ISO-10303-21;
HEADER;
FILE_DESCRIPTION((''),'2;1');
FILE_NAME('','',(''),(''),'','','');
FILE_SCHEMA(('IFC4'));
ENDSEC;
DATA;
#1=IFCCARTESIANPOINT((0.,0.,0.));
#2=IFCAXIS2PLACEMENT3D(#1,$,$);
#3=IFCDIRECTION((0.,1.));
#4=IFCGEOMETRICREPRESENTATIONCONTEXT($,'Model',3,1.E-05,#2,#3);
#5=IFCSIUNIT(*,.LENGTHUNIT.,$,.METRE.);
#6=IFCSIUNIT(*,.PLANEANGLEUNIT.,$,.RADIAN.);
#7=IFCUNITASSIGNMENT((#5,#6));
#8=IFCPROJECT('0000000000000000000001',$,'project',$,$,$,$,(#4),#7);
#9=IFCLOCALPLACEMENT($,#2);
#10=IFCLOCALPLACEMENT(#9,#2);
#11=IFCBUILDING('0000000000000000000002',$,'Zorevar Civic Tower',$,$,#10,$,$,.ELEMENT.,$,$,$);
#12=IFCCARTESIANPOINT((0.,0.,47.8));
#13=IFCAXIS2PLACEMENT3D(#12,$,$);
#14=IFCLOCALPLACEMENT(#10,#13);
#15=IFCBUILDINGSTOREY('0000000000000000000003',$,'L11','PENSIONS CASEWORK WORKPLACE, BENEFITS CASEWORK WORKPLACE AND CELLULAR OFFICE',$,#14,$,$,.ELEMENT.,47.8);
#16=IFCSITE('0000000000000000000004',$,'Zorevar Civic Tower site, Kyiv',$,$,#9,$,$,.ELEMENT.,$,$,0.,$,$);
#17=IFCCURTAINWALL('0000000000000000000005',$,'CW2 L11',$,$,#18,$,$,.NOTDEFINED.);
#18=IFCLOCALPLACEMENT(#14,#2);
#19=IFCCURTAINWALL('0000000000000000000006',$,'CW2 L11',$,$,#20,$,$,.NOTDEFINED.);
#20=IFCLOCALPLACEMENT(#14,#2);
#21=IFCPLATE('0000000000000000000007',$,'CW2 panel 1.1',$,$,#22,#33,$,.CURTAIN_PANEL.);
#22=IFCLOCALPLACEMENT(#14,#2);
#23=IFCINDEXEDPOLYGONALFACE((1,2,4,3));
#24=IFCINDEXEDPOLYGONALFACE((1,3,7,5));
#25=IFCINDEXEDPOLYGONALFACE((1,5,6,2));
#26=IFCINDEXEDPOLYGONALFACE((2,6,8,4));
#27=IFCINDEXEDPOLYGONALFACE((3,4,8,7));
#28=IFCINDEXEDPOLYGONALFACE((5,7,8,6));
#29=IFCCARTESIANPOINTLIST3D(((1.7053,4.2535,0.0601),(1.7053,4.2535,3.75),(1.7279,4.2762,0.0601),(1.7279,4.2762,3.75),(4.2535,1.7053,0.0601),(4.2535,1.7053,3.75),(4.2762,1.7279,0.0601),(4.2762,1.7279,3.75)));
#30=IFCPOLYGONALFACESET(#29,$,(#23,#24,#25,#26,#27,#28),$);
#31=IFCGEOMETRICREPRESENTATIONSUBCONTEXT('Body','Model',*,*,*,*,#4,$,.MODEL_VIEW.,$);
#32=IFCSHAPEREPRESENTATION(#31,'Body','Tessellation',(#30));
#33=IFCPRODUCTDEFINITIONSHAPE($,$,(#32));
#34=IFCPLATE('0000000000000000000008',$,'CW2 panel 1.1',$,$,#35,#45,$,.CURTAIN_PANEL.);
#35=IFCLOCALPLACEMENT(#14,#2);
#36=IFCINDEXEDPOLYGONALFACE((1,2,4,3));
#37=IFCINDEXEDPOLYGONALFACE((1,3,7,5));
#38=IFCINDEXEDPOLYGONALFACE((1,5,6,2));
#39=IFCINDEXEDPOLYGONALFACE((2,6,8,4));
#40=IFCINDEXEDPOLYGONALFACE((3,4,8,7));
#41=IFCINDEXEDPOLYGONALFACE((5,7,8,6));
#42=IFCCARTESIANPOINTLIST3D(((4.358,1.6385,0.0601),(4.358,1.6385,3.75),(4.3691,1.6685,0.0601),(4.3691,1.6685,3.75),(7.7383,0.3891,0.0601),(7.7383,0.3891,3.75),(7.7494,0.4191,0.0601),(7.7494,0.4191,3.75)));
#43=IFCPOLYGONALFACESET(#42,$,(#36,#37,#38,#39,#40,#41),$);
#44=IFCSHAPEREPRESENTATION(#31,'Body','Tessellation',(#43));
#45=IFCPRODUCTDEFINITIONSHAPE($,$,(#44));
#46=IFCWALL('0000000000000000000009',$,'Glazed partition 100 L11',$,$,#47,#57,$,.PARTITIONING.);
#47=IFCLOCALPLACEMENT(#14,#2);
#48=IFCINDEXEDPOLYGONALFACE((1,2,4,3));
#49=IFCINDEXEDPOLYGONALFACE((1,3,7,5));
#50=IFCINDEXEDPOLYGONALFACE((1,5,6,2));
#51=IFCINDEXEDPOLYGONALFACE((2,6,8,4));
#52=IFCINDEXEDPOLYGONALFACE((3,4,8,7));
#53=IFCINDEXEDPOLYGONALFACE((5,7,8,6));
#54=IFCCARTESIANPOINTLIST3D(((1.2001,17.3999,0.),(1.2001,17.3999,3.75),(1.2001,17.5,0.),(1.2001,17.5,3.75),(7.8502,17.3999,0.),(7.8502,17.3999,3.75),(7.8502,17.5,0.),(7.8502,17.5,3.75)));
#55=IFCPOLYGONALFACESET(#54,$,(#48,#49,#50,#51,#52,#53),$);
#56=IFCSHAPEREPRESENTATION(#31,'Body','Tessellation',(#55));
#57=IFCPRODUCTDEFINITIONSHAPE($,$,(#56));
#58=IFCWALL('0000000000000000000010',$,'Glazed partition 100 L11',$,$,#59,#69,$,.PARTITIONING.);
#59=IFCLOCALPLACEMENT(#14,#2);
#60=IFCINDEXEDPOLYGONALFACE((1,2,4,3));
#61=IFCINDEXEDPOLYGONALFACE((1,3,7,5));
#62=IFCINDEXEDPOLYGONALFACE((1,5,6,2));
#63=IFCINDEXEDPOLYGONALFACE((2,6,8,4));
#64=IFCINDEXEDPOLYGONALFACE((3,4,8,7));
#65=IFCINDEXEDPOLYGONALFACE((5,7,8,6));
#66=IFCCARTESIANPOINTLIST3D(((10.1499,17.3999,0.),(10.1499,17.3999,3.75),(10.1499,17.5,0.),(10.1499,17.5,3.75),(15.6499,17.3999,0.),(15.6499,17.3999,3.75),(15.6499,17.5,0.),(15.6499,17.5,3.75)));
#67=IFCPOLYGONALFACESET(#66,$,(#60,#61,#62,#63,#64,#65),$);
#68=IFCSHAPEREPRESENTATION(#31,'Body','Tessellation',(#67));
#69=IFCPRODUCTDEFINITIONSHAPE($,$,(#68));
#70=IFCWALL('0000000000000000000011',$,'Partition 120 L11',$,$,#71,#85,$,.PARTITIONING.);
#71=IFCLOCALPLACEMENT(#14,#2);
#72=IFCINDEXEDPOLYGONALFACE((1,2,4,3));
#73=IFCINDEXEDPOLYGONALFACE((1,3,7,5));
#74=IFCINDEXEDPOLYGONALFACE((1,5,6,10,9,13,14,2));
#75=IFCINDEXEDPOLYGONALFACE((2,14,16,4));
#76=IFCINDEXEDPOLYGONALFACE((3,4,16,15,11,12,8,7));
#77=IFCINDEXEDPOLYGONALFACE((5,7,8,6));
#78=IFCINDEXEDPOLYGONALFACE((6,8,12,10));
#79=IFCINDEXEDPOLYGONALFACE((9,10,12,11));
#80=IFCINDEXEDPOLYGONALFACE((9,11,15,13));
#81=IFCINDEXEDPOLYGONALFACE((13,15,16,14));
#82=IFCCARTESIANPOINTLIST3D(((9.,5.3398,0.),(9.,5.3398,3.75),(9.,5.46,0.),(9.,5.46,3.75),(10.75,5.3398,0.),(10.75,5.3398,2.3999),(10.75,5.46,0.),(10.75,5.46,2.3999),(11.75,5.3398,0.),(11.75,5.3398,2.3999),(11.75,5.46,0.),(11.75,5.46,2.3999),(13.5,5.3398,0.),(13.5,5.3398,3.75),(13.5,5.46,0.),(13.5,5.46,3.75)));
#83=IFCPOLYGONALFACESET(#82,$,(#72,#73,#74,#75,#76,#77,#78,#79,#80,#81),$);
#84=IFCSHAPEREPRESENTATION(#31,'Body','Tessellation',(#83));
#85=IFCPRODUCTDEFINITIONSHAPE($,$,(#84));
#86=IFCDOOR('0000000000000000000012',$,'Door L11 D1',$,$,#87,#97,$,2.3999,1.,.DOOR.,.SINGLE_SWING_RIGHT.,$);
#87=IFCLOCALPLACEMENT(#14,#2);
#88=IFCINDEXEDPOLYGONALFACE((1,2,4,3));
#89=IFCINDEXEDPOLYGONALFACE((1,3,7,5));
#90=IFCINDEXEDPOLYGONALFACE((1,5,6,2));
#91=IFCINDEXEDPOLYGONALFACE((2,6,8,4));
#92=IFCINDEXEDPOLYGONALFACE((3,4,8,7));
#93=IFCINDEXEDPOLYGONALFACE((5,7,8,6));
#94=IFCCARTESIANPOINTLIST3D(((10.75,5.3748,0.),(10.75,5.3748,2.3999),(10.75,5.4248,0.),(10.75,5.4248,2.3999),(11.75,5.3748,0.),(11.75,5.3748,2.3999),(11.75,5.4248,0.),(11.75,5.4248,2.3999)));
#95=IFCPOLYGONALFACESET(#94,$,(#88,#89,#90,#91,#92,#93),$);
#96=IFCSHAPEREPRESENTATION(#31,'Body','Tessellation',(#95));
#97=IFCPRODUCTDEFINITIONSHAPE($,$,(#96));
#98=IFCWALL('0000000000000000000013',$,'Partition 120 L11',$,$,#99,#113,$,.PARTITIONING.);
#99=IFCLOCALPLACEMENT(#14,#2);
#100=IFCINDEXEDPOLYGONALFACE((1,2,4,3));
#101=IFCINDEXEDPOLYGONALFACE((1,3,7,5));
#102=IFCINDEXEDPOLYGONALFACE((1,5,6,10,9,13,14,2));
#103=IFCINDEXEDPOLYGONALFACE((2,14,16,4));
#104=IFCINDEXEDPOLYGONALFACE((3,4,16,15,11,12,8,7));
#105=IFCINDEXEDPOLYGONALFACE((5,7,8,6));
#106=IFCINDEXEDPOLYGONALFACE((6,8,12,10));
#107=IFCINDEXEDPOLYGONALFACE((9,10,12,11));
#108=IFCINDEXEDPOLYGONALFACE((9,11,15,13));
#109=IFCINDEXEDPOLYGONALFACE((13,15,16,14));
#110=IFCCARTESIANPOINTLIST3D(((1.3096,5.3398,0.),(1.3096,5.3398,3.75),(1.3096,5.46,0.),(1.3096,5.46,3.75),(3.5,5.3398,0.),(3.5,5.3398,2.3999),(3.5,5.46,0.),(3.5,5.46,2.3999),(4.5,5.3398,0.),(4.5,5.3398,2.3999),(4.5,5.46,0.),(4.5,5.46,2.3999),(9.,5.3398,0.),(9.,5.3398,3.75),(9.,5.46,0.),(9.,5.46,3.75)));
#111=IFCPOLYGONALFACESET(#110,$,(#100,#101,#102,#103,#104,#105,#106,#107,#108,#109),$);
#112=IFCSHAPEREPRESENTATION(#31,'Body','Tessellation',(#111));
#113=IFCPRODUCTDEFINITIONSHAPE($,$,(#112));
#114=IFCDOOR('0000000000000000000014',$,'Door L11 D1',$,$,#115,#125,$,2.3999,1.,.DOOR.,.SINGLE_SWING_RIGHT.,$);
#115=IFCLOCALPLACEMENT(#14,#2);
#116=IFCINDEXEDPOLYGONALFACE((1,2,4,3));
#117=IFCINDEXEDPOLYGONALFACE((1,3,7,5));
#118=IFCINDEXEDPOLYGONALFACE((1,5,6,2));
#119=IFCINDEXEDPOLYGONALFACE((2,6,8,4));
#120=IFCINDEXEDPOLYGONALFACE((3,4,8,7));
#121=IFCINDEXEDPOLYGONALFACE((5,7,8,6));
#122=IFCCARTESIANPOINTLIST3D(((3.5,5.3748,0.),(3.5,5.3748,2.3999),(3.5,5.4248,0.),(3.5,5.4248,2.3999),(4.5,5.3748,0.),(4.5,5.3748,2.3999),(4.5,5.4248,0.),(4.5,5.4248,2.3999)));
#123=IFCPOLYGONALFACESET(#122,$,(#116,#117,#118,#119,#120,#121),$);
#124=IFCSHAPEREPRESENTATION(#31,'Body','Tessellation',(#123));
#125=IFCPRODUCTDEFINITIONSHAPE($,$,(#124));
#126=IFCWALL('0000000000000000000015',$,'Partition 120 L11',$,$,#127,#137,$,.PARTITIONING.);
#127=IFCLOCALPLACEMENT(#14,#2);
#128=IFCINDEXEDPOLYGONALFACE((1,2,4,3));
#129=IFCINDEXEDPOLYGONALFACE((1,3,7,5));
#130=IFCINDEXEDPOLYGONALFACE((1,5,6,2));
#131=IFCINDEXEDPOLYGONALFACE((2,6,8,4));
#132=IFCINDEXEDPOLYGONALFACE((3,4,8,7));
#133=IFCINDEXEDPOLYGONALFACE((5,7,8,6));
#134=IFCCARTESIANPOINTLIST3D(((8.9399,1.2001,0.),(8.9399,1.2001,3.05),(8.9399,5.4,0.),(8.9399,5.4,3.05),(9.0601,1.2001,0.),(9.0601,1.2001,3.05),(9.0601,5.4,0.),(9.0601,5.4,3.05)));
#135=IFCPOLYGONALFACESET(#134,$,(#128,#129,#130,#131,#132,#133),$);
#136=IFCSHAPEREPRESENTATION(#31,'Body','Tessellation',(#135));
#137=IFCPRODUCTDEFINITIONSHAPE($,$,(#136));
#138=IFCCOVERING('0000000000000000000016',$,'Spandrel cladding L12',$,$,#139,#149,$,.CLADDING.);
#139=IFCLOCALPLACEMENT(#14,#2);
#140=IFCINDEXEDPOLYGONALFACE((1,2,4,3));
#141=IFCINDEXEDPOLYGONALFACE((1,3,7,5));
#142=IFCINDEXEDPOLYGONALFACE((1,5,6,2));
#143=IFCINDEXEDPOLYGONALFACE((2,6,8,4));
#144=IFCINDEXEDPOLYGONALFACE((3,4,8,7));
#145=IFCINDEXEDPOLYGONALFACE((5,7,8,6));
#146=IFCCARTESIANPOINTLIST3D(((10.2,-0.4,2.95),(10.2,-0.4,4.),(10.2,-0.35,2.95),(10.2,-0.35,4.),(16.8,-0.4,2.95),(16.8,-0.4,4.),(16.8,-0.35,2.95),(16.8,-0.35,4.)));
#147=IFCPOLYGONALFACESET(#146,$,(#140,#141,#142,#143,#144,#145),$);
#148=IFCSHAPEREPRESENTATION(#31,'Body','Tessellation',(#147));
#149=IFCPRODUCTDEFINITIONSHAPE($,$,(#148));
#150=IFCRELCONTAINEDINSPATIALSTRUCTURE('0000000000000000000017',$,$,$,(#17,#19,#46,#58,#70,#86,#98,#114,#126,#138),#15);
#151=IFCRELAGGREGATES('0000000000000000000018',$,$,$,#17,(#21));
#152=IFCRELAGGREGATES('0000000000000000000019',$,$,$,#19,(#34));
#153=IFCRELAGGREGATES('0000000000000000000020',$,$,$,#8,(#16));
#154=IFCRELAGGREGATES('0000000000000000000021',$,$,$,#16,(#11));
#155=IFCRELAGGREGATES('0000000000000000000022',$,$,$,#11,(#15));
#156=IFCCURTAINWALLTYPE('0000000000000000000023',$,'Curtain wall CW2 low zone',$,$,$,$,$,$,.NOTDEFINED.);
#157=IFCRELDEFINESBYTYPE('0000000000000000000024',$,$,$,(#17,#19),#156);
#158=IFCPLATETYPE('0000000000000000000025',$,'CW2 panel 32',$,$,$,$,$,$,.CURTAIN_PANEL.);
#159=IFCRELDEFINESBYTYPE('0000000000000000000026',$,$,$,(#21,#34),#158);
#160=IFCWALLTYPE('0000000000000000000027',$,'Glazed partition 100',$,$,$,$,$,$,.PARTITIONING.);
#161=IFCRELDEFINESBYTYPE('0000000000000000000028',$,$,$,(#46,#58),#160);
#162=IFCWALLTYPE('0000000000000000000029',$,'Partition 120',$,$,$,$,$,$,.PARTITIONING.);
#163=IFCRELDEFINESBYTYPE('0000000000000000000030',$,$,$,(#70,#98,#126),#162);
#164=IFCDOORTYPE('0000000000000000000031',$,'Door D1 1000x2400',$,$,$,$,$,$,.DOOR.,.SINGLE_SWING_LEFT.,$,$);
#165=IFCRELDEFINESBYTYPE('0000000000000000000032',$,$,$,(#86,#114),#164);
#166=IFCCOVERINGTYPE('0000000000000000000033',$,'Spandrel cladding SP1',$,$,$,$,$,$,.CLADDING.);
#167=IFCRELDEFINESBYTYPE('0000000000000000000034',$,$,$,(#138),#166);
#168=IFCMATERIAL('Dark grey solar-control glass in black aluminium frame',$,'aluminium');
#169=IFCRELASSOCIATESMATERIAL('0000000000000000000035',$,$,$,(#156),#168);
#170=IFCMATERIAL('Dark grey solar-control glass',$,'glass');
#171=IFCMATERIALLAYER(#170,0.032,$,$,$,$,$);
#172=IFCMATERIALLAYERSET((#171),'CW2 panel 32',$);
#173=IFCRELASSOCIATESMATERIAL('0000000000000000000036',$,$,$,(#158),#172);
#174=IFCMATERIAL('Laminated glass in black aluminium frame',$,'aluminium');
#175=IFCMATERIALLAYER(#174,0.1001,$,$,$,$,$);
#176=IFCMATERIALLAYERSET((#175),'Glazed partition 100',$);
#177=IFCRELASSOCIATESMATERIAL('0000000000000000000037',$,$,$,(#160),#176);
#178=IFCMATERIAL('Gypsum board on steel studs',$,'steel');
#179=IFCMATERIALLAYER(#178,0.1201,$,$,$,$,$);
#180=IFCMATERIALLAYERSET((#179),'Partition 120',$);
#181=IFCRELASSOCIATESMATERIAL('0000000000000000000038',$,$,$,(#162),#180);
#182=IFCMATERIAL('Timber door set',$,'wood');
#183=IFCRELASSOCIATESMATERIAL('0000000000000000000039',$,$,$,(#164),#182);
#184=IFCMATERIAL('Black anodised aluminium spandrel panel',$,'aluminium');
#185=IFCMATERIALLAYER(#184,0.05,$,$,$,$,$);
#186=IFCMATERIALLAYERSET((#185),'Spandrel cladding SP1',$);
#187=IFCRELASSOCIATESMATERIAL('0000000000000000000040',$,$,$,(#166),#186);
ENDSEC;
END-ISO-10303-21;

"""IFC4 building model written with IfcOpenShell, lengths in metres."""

from ifc_helpers import new_model, si_unit, direction, frame, frame_2d, origin, origin_2d, place, context, subcontext, project, spatial, rectangle, extrude, material, layer, layer_set, type_object, element, fill, aggregate, save


model = new_model("IFC4")

# Units and contexts
model_context = context("Model", 3, precision=1e-05, world=origin(), true_north=direction((0.0, 1.0)))
body_context = subcontext(model_context, "Body", "Model", "MODEL_VIEW")
ifc_project = project(units=[si_unit("LENGTHUNIT", "METRE"), si_unit("PLANEANGLEUNIT", "RADIAN")], contexts=[model_context])

# Site, building, storey
site_placement = place(None, origin())
site = spatial("IfcSite", under=ifc_project, at=site_placement, Name="Zorevar Civic Tower site, Kyiv", CompositionType="ELEMENT", RefElevation=0.0)
building_placement = place(site_placement, origin())
building = spatial("IfcBuilding", under=site, at=building_placement, Name="Zorevar Civic Tower", CompositionType="ELEMENT")
storey_placement = place(building_placement, frame((0.0, 0.0, 47.8)))
storey = spatial("IfcBuildingStorey", under=building, at=storey_placement, Name="L11", Description="PENSIONS CASEWORK WORKPLACE, BENEFITS CASEWORK WORKPLACE AND CELLULAR OFFICE", CompositionType="ELEMENT", Elevation=47.8)

# Curtain walls
ifc_material_1 = material(Name="Dark grey solar-control glass in black aluminium frame", Category="aluminium")
curtain_wall_type = type_object("IfcCurtainWallType", Name="Curtain wall CW2 low zone", PredefinedType="NOTDEFINED", material=ifc_material_1)
curtain_wall_1_placement = place(storey_placement, origin())
curtain_wall_1 = element("IfcCurtainWall", 1, at=curtain_wall_1_placement, inside=storey, type_object=curtain_wall_type, Name="CW2 L11", PredefinedType="NOTDEFINED")
curtain_wall_2_placement = place(storey_placement, origin())
curtain_wall_2 = element("IfcCurtainWall", 2, at=curtain_wall_2_placement, inside=storey, type_object=curtain_wall_type, Name="CW2 L11", PredefinedType="NOTDEFINED")

# Plates
ifc_material_2 = material(Name="Dark grey solar-control glass", Category="glass")
ifc_layer_1 = layer(ifc_material_2, 0.032)
ifc_layer_set_1 = layer_set([ifc_layer_1], Name="CW2 panel 32")
plate_type = type_object("IfcPlateType", Name="CW2 panel 32", PredefinedType="CURTAIN_PANEL", material=ifc_layer_set_1)
plate_1_placement = place(storey_placement, frame((2.9907, 2.9907, 0.0601), z_axis=(0.0, 0.0, 1.0), x_axis=(0.707107, -0.707107, 0.0)))
plate_1 = element("IfcPlate", 3, at=plate_1_placement, type_object=plate_type, Name="CW2 panel 1.1", PredefinedType="CURTAIN_PANEL", context=body_context, shape_type="SweptSolid", body=[
    extrude(rectangle(XDim=3.6038, YDim=0.032, at=origin_2d()), origin(), (0.0, 0.0, 1.0), 3.6899),
])
aggregate(curtain_wall_1, [plate_1])
plate_2_placement = place(storey_placement, frame((6.0537, 1.0288, 0.0601), z_axis=(0.0, 0.0, 1.0), x_axis=(0.937975, -0.346704, 0.0)))
plate_2 = element("IfcPlate", 4, at=plate_2_placement, type_object=plate_type, Name="CW2 panel 1.1", PredefinedType="CURTAIN_PANEL", context=body_context, shape_type="SweptSolid", body=[
    extrude(rectangle(XDim=3.6038, YDim=0.032, at=origin_2d()), origin(), (0.0, 0.0, 1.0), 3.6899),
])
aggregate(curtain_wall_2, [plate_2])

# Walls
ifc_material_3 = material(Name="Laminated glass in black aluminium frame", Category="aluminium")
ifc_layer_2 = layer(ifc_material_3, 0.1001)
ifc_layer_set_2 = layer_set([ifc_layer_2], Name="Glazed partition 100")
wall_type_1 = type_object("IfcWallType", Name="Glazed partition 100", PredefinedType="PARTITIONING", material=ifc_layer_set_2)
wall_1_placement = place(storey_placement, frame((1.2, 17.45, 0.0), z_axis=(0.0, 0.0, 1.0), x_axis=(1.0, 0.0, 0.0)))
element("IfcWall", 5, at=wall_1_placement, inside=storey, type_object=wall_type_1, Name="Glazed partition 100 L11", PredefinedType="PARTITIONING", context=body_context, shape_type="SweptSolid", body=[
    extrude(rectangle(XDim=6.6501, YDim=0.1001, at=frame_2d((3.3252, 0.0))), origin(), (0.0, 0.0, 1.0), 3.75),
])
wall_2_placement = place(storey_placement, frame((10.1499, 17.45, 0.0), z_axis=(0.0, 0.0, 1.0), x_axis=(1.0, 0.0, 0.0)))
element("IfcWall", 6, at=wall_2_placement, inside=storey, type_object=wall_type_1, Name="Glazed partition 100 L11", PredefinedType="PARTITIONING", context=body_context, shape_type="SweptSolid", body=[
    extrude(rectangle(XDim=5.5, YDim=0.1001, at=frame_2d((2.75, 0.0))), origin(), (0.0, 0.0, 1.0), 3.75),
])

# Walls, openings, doors
ifc_material_4 = material(Name="Gypsum board on steel studs", Category="steel")
ifc_layer_3 = layer(ifc_material_4, 0.1201)
ifc_layer_set_3 = layer_set([ifc_layer_3], Name="Partition 120")
wall_type_2 = type_object("IfcWallType", Name="Partition 120", PredefinedType="PARTITIONING", material=ifc_layer_set_3)
wall_3_placement = place(storey_placement, frame((9.0, 5.3999, 0.0), z_axis=(0.0, 0.0, 1.0), x_axis=(1.0, 0.0, 0.0)))
wall_3 = element("IfcWall", 7, at=wall_3_placement, inside=storey, type_object=wall_type_2, Name="Partition 120 L11", PredefinedType="PARTITIONING", context=body_context, shape_type="SweptSolid", body=[
    extrude(rectangle(XDim=4.5, YDim=0.1201, at=frame_2d((2.25, 0.0))), origin(), (0.0, 0.0, 1.0), 3.75),
])
opening_1_placement = place(wall_3_placement, frame((1.75, 0.0, 0.0)))
opening_1 = element("IfcOpeningElement", 8, at=opening_1_placement, cuts=wall_3, PredefinedType="OPENING", context=body_context, shape_type="SweptSolid", body=[
    extrude(rectangle(XDim=1.0, YDim=2.3999, at=frame_2d((0.5, 1.2))), frame((0.0, 0.0701, 0.0), z_axis=(0.0, -1.0, 0.0), x_axis=(1.0, 0.0, 0.0)), (0.0, 0.0, 1.0), 0.1401),
])
ifc_material_5 = material(Name="Timber door set", Category="wood")
door_type = type_object("IfcDoorType", Name="Door D1 1000x2400", OperationType="SINGLE_SWING_LEFT", PredefinedType="DOOR", material=ifc_material_5)
door_1_placement = place(opening_1_placement, origin())
door_1 = element("IfcDoor", 9, at=door_1_placement, inside=storey, type_object=door_type, Name="Door L11 D1", OperationType="SINGLE_SWING_RIGHT", OverallHeight=2.3999, OverallWidth=1.0, PredefinedType="DOOR", context=body_context, shape_type="SweptSolid", body=[
    extrude(rectangle(XDim=1.0, YDim=2.3999, at=frame_2d((0.5, 1.2))), frame((0.0, 0.0249, 0.0), z_axis=(0.0, -1.0, 0.0), x_axis=(1.0, 0.0, 0.0)), (0.0, 0.0, 1.0), 0.05),
])
fill(opening_1, door_1)
wall_4_placement = place(storey_placement, frame((1.3096, 5.3999, 0.0), z_axis=(0.0, 0.0, 1.0), x_axis=(1.0, 0.0, 0.0)))
wall_4 = element("IfcWall", 10, at=wall_4_placement, inside=storey, type_object=wall_type_2, Name="Partition 120 L11", PredefinedType="PARTITIONING", context=body_context, shape_type="SweptSolid", body=[
    extrude(rectangle(XDim=7.6904, YDim=0.1201, at=frame_2d((3.8452, 0.0))), origin(), (0.0, 0.0, 1.0), 3.75),
])
opening_2_placement = place(wall_4_placement, frame((2.1904, 0.0, 0.0)))
opening_2 = element("IfcOpeningElement", 11, at=opening_2_placement, cuts=wall_4, PredefinedType="OPENING", context=body_context, shape_type="SweptSolid", body=[
    extrude(rectangle(XDim=1.0, YDim=2.3999, at=frame_2d((0.5, 1.2))), frame((0.0, 0.0701, 0.0), z_axis=(0.0, -1.0, 0.0), x_axis=(1.0, 0.0, 0.0)), (0.0, 0.0, 1.0), 0.1401),
])
door_2_placement = place(opening_2_placement, origin())
door_2 = element("IfcDoor", 12, at=door_2_placement, inside=storey, type_object=door_type, Name="Door L11 D1", OperationType="SINGLE_SWING_RIGHT", OverallHeight=2.3999, OverallWidth=1.0, PredefinedType="DOOR", context=body_context, shape_type="SweptSolid", body=[
    extrude(rectangle(XDim=1.0, YDim=2.3999, at=frame_2d((0.5, 1.2))), frame((0.0, 0.0249, 0.0), z_axis=(0.0, -1.0, 0.0), x_axis=(1.0, 0.0, 0.0)), (0.0, 0.0, 1.0), 0.05),
])
fill(opening_2, door_2)

# Wall
wall_5_placement = place(storey_placement, frame((9.0, 1.2, 0.0), z_axis=(0.0, 0.0, 1.0), x_axis=(0.0, 1.0, 0.0)))
element("IfcWall", 13, at=wall_5_placement, inside=storey, type_object=wall_type_2, Name="Partition 120 L11", PredefinedType="PARTITIONING", context=body_context, shape_type="SweptSolid", body=[
    extrude(rectangle(XDim=4.2, YDim=0.1201, at=frame_2d((2.1001, 0.0))), origin(), (0.0, 0.0, 1.0), 3.05),
])

# Covering
ifc_material_6 = material(Name="Black anodised aluminium spandrel panel", Category="aluminium")
ifc_layer_4 = layer(ifc_material_6, 0.05)
ifc_layer_set_4 = layer_set([ifc_layer_4], Name="Spandrel cladding SP1")
covering_type = type_object("IfcCoveringType", Name="Spandrel cladding SP1", PredefinedType="CLADDING", material=ifc_layer_set_4)
covering_placement = place(storey_placement, frame((10.2, -0.375, 2.95), z_axis=(0.0, 0.0, 1.0), x_axis=(1.0, 0.0, 0.0)))
element("IfcCovering", 14, at=covering_placement, inside=storey, type_object=covering_type, Name="Spandrel cladding L12", PredefinedType="CLADDING", context=body_context, shape_type="SweptSolid", body=[
    extrude(rectangle(XDim=6.6001, YDim=0.05, at=frame_2d((3.3, 0.0))), origin(), (0.0, 0.0, 1.0), 1.05),
])

save(model, "model.ifc")
